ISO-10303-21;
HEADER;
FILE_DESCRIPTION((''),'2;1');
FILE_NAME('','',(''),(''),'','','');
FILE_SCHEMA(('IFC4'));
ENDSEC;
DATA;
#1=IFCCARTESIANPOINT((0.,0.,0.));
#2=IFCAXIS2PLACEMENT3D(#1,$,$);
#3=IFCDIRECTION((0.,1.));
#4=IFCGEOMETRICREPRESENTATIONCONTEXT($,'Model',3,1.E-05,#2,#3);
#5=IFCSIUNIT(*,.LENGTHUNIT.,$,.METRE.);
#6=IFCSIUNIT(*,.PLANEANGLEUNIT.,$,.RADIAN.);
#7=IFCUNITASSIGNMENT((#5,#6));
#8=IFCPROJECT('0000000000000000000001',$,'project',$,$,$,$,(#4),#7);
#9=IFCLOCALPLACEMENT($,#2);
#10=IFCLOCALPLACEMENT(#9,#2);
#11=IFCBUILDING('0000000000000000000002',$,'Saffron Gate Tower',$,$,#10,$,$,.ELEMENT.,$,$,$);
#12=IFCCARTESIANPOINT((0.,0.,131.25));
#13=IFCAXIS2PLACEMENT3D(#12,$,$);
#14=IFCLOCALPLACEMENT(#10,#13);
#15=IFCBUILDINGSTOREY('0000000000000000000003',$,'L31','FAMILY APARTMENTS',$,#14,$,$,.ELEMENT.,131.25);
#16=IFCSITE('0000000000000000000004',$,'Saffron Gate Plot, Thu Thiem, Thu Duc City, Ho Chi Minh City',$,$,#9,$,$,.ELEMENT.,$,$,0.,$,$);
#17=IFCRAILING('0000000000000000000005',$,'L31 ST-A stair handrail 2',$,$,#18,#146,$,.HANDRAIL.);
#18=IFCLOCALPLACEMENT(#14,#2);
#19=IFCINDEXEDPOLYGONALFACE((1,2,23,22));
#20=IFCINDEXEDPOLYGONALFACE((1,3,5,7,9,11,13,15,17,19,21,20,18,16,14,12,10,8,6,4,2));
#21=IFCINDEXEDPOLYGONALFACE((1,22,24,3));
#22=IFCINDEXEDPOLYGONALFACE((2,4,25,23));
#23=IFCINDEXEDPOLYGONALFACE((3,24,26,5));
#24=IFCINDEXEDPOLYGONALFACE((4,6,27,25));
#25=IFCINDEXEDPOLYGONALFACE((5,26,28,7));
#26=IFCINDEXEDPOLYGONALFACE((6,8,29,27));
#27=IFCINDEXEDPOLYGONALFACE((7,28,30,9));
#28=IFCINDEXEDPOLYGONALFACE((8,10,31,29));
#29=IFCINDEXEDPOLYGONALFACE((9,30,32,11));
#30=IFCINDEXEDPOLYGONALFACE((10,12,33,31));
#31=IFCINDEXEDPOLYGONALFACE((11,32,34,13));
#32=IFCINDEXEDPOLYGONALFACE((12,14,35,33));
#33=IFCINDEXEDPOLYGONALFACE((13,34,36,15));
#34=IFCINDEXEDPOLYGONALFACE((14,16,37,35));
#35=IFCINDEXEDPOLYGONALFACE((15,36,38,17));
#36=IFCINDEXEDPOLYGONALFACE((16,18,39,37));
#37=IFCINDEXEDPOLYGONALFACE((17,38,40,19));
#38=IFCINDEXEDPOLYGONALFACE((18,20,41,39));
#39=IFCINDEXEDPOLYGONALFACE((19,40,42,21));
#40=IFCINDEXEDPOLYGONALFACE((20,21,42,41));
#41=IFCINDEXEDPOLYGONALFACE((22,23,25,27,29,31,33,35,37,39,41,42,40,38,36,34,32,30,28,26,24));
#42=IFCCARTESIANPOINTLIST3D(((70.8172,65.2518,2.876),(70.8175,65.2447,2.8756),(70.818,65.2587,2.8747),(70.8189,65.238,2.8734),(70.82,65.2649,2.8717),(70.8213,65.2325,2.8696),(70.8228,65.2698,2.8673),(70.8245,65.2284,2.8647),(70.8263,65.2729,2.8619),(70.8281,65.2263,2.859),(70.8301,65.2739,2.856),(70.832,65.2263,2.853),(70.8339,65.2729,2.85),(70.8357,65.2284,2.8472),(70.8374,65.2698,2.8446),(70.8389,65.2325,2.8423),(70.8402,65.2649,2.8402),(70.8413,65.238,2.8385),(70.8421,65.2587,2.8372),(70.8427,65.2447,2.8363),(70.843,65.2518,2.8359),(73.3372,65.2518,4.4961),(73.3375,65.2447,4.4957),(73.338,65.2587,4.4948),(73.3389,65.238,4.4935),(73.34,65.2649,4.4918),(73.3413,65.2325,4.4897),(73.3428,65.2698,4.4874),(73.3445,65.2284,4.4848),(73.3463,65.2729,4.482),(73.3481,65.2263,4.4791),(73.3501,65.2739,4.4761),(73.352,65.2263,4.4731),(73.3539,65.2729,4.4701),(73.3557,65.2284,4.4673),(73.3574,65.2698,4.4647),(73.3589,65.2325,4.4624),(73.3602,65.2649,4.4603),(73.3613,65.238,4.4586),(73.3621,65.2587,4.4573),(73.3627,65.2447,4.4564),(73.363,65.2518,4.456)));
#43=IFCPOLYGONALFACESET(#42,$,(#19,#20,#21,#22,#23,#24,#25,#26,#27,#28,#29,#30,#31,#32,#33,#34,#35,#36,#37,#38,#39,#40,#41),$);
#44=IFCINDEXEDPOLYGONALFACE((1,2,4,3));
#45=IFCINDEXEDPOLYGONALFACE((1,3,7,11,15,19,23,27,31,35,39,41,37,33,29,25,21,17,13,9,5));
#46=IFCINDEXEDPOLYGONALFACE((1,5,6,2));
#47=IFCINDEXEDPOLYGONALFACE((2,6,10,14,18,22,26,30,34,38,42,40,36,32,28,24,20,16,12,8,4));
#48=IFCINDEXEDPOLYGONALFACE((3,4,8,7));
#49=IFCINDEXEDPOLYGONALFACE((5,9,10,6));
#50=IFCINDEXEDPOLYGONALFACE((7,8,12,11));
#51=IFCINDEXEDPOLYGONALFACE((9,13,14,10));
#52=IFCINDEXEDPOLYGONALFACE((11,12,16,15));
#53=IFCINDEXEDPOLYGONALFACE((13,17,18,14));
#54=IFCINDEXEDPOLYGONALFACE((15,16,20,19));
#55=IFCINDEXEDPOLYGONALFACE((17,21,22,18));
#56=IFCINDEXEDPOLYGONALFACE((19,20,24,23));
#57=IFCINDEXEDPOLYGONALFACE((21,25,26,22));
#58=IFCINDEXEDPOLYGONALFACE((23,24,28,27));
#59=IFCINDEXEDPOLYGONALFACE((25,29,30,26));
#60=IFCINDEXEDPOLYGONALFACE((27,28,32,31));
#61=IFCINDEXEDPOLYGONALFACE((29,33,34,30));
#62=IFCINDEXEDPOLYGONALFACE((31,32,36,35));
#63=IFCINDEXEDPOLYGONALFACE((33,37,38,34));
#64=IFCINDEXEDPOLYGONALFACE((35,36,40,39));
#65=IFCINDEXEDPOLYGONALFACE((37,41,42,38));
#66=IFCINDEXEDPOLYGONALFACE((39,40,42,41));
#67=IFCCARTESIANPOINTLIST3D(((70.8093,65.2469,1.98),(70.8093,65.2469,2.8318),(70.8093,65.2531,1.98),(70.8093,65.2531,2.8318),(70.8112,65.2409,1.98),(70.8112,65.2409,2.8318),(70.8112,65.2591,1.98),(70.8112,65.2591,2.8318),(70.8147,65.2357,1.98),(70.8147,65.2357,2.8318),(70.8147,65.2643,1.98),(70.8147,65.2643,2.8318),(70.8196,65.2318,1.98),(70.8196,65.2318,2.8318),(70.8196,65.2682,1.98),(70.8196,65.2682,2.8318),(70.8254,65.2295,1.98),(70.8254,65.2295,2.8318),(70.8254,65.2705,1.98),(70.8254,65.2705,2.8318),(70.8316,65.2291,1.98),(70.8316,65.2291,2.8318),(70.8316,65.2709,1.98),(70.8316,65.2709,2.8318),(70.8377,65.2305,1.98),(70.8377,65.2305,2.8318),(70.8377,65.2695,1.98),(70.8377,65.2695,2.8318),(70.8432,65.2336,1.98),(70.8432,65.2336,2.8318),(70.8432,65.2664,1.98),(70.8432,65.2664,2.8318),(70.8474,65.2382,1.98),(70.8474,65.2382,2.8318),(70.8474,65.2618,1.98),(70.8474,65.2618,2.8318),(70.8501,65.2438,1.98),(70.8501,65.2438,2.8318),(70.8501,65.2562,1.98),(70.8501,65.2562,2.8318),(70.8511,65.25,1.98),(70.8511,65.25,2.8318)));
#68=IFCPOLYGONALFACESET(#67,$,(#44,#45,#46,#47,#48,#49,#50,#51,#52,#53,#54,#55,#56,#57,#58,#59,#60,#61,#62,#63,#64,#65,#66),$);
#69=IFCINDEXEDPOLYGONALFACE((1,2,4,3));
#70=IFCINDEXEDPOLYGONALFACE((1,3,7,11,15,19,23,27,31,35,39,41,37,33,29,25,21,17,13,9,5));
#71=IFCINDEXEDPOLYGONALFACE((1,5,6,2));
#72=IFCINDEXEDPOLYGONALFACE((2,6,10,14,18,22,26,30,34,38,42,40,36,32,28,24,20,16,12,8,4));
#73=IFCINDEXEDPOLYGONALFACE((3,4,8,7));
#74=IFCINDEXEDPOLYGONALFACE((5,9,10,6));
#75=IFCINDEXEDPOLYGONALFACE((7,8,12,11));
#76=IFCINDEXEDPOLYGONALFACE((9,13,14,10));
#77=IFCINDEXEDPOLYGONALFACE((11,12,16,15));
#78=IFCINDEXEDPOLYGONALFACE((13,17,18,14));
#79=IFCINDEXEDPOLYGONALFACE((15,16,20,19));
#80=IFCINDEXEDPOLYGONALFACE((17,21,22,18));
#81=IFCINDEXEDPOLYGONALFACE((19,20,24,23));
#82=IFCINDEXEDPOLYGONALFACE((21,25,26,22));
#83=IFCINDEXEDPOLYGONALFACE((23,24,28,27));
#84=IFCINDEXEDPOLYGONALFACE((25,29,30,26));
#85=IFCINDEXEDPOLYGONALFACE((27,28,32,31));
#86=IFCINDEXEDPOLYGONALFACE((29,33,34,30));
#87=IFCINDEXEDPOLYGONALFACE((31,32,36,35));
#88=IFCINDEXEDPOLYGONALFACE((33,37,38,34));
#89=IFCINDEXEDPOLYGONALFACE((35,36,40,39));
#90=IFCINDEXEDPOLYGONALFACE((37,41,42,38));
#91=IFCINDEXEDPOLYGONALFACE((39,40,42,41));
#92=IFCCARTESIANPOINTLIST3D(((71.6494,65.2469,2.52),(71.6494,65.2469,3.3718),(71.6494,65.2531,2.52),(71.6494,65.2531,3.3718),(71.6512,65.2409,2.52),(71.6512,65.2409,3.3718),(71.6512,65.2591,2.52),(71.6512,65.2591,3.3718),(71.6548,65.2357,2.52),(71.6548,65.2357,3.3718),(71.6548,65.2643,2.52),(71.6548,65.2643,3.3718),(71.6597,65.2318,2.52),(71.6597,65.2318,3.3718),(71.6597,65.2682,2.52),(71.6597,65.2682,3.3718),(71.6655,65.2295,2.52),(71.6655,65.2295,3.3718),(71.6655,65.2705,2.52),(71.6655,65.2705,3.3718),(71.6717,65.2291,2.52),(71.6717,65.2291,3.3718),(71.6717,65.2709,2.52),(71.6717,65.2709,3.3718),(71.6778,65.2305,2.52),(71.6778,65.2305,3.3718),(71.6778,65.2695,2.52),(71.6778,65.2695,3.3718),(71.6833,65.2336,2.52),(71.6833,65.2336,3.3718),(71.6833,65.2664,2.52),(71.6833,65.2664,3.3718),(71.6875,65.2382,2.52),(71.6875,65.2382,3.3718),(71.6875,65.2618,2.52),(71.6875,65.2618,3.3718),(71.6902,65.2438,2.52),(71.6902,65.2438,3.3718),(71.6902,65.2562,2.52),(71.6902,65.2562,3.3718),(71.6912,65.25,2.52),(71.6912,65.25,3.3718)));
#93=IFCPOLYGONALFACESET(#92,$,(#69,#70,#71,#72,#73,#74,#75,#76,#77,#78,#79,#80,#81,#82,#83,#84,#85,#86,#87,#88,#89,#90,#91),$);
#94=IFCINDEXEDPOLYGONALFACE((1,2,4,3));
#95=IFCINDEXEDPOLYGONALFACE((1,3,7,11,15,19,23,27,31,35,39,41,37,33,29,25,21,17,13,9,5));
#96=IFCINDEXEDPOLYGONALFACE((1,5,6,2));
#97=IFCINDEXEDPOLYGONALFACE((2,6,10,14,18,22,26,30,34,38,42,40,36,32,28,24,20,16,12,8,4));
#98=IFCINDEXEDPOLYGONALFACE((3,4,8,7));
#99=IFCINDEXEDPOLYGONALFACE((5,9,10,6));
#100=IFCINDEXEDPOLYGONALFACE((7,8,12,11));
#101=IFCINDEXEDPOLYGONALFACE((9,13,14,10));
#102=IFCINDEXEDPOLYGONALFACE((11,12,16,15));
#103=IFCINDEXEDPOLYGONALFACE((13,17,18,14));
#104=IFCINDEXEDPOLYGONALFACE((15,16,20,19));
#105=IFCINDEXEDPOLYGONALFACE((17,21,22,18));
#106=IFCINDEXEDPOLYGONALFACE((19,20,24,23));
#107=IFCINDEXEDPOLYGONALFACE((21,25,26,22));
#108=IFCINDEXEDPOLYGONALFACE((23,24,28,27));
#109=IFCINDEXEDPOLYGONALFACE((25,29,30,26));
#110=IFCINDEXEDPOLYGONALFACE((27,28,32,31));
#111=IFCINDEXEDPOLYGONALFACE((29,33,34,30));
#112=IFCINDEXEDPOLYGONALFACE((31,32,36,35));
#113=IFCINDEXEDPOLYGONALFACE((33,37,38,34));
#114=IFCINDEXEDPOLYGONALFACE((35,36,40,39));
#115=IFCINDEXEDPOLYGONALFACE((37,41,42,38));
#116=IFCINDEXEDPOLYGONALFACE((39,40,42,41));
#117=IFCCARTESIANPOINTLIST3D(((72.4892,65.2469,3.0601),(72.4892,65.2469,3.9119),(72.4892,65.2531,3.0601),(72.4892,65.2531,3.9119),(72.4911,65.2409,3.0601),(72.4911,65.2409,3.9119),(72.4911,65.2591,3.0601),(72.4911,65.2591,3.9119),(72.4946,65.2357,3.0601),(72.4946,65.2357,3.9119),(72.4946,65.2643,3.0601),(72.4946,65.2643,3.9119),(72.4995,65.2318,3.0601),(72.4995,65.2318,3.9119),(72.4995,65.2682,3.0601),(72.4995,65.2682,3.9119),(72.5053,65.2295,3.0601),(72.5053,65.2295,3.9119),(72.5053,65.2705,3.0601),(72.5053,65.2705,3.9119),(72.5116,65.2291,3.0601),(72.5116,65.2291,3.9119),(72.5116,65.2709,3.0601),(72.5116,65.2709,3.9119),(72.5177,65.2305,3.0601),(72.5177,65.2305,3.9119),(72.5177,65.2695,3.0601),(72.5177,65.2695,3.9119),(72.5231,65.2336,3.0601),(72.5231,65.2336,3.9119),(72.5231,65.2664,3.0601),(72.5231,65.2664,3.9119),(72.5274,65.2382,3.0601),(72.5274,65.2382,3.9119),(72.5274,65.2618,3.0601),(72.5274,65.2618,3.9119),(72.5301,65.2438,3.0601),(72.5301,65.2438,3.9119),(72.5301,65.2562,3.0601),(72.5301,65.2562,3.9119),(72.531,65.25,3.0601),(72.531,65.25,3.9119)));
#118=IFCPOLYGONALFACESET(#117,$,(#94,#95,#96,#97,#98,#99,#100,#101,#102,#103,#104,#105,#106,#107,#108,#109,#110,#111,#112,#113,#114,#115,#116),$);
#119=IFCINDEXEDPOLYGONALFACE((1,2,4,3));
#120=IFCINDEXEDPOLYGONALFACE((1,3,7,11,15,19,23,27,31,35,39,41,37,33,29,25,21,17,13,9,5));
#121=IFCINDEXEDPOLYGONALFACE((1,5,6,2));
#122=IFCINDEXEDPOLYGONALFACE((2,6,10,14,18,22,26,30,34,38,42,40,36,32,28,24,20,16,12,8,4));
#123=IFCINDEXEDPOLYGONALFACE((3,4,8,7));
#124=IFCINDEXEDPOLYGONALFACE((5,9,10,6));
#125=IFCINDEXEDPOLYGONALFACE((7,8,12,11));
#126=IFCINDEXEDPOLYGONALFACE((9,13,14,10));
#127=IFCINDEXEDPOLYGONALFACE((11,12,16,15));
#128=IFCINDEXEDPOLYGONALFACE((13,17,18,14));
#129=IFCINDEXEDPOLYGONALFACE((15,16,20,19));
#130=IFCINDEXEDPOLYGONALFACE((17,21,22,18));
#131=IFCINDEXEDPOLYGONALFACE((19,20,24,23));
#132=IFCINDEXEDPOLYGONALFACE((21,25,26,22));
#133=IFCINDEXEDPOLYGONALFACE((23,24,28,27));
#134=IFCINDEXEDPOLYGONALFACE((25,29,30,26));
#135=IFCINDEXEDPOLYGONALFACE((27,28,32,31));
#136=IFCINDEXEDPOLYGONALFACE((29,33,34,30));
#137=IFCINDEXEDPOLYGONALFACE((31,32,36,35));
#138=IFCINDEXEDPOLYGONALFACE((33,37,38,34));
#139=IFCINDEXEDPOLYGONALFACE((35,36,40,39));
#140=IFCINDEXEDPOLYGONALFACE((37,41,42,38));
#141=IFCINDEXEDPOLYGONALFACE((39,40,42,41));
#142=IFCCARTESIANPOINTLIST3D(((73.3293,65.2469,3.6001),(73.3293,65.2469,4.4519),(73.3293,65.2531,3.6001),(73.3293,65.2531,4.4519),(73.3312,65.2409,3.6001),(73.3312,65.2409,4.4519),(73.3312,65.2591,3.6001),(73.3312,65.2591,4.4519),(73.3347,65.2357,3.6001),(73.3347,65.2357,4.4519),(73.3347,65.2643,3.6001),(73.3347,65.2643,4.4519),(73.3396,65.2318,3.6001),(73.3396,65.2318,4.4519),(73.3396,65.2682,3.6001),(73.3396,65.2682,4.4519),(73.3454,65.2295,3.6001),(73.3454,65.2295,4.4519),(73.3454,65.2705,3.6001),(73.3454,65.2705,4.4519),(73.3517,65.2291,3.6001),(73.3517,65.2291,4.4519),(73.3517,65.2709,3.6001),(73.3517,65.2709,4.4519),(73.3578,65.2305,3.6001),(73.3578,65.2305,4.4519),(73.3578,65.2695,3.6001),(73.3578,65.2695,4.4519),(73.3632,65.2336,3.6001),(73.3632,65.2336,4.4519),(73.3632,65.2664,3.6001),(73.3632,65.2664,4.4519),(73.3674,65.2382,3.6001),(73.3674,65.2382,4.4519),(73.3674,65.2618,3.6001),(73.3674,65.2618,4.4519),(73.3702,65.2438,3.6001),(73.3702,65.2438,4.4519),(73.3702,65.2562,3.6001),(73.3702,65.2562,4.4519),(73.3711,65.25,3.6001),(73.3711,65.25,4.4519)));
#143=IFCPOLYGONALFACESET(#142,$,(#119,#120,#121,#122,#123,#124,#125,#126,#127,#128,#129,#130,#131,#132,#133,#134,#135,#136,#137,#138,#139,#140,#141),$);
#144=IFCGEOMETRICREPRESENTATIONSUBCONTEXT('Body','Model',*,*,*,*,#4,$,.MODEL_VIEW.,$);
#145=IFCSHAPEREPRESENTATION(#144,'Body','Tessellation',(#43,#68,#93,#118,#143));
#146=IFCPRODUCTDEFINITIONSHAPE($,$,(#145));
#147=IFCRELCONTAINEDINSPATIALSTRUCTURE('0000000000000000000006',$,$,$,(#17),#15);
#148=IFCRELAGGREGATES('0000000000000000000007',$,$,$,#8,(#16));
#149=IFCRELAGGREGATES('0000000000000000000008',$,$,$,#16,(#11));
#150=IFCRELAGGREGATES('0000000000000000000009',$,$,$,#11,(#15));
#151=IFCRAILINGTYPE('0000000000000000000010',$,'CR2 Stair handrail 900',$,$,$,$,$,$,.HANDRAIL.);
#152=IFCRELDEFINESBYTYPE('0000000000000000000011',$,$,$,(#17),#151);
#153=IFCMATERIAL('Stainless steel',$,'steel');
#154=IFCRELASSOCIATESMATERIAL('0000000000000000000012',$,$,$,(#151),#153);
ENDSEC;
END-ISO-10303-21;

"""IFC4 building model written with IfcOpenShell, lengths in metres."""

from ifc_helpers import new_model, si_unit, direction, frame, origin, origin_2d, place, context, subcontext, project, spatial, circle, extrude, material, type_object, element, save


model = new_model("IFC4")

# Units and contexts
model_context = context("Model", 3, precision=1e-05, world=origin(), true_north=direction((0.0, 1.0)))
body_context = subcontext(model_context, "Body", "Model", "MODEL_VIEW")
ifc_project = project(units=[si_unit("LENGTHUNIT", "METRE"), si_unit("PLANEANGLEUNIT", "RADIAN")], contexts=[model_context])

# Site, building, storey
site_placement = place(None, origin())
site = spatial("IfcSite", under=ifc_project, at=site_placement, Name="Saffron Gate Plot, Thu Thiem, Thu Duc City, Ho Chi Minh City", CompositionType="ELEMENT", RefElevation=0.0)
building_placement = place(site_placement, origin())
building = spatial("IfcBuilding", under=site, at=building_placement, Name="Saffron Gate Tower", CompositionType="ELEMENT")
storey_placement = place(building_placement, frame((0.0, 0.0, 131.25)))
storey = spatial("IfcBuildingStorey", under=building, at=storey_placement, Name="L31", Description="FAMILY APARTMENTS", CompositionType="ELEMENT", Elevation=131.25)

# Railing
ifc_material_1 = material(Name="Stainless steel", Category="steel")
railing_type_1 = type_object("IfcRailingType", Name="CR2 Stair handrail 900", PredefinedType="HANDRAIL", material=ifc_material_1)
railing_1_placement = place(storey_placement, frame((70.8301, 65.25, 1.98)))
element("IfcRailing", 1, at=railing_1_placement, inside=storey, type_object=railing_type_1, Name="L31 ST-A stair handrail 2", PredefinedType="HANDRAIL", context=body_context, shape_type="SweptSolid", body=[
    extrude(circle(Radius=0.0239, at=origin_2d()), frame((0.0, 0.0, 0.876), z_axis=(0.841163, 0.0, 0.540782), x_axis=(0.0, 1.0, 0.0)), (0.0, 0.0, 1.0), 2.9958),
    extrude(circle(Radius=0.021, at=origin_2d()), origin(), (0.0, 0.0, 1.0), 0.8518),
    extrude(circle(Radius=0.021, at=origin_2d()), frame((0.8401, 0.0, 0.54)), (0.0, 0.0, 1.0), 0.8518),
    extrude(circle(Radius=0.021, at=origin_2d()), frame((1.6799, 0.0, 1.0801)), (0.0, 0.0, 1.0), 0.8518),
    extrude(circle(Radius=0.021, at=origin_2d()), frame((2.52, 0.0, 1.6201)), (0.0, 0.0, 1.0), 0.8518),
])

save(model, "model.ifc")
